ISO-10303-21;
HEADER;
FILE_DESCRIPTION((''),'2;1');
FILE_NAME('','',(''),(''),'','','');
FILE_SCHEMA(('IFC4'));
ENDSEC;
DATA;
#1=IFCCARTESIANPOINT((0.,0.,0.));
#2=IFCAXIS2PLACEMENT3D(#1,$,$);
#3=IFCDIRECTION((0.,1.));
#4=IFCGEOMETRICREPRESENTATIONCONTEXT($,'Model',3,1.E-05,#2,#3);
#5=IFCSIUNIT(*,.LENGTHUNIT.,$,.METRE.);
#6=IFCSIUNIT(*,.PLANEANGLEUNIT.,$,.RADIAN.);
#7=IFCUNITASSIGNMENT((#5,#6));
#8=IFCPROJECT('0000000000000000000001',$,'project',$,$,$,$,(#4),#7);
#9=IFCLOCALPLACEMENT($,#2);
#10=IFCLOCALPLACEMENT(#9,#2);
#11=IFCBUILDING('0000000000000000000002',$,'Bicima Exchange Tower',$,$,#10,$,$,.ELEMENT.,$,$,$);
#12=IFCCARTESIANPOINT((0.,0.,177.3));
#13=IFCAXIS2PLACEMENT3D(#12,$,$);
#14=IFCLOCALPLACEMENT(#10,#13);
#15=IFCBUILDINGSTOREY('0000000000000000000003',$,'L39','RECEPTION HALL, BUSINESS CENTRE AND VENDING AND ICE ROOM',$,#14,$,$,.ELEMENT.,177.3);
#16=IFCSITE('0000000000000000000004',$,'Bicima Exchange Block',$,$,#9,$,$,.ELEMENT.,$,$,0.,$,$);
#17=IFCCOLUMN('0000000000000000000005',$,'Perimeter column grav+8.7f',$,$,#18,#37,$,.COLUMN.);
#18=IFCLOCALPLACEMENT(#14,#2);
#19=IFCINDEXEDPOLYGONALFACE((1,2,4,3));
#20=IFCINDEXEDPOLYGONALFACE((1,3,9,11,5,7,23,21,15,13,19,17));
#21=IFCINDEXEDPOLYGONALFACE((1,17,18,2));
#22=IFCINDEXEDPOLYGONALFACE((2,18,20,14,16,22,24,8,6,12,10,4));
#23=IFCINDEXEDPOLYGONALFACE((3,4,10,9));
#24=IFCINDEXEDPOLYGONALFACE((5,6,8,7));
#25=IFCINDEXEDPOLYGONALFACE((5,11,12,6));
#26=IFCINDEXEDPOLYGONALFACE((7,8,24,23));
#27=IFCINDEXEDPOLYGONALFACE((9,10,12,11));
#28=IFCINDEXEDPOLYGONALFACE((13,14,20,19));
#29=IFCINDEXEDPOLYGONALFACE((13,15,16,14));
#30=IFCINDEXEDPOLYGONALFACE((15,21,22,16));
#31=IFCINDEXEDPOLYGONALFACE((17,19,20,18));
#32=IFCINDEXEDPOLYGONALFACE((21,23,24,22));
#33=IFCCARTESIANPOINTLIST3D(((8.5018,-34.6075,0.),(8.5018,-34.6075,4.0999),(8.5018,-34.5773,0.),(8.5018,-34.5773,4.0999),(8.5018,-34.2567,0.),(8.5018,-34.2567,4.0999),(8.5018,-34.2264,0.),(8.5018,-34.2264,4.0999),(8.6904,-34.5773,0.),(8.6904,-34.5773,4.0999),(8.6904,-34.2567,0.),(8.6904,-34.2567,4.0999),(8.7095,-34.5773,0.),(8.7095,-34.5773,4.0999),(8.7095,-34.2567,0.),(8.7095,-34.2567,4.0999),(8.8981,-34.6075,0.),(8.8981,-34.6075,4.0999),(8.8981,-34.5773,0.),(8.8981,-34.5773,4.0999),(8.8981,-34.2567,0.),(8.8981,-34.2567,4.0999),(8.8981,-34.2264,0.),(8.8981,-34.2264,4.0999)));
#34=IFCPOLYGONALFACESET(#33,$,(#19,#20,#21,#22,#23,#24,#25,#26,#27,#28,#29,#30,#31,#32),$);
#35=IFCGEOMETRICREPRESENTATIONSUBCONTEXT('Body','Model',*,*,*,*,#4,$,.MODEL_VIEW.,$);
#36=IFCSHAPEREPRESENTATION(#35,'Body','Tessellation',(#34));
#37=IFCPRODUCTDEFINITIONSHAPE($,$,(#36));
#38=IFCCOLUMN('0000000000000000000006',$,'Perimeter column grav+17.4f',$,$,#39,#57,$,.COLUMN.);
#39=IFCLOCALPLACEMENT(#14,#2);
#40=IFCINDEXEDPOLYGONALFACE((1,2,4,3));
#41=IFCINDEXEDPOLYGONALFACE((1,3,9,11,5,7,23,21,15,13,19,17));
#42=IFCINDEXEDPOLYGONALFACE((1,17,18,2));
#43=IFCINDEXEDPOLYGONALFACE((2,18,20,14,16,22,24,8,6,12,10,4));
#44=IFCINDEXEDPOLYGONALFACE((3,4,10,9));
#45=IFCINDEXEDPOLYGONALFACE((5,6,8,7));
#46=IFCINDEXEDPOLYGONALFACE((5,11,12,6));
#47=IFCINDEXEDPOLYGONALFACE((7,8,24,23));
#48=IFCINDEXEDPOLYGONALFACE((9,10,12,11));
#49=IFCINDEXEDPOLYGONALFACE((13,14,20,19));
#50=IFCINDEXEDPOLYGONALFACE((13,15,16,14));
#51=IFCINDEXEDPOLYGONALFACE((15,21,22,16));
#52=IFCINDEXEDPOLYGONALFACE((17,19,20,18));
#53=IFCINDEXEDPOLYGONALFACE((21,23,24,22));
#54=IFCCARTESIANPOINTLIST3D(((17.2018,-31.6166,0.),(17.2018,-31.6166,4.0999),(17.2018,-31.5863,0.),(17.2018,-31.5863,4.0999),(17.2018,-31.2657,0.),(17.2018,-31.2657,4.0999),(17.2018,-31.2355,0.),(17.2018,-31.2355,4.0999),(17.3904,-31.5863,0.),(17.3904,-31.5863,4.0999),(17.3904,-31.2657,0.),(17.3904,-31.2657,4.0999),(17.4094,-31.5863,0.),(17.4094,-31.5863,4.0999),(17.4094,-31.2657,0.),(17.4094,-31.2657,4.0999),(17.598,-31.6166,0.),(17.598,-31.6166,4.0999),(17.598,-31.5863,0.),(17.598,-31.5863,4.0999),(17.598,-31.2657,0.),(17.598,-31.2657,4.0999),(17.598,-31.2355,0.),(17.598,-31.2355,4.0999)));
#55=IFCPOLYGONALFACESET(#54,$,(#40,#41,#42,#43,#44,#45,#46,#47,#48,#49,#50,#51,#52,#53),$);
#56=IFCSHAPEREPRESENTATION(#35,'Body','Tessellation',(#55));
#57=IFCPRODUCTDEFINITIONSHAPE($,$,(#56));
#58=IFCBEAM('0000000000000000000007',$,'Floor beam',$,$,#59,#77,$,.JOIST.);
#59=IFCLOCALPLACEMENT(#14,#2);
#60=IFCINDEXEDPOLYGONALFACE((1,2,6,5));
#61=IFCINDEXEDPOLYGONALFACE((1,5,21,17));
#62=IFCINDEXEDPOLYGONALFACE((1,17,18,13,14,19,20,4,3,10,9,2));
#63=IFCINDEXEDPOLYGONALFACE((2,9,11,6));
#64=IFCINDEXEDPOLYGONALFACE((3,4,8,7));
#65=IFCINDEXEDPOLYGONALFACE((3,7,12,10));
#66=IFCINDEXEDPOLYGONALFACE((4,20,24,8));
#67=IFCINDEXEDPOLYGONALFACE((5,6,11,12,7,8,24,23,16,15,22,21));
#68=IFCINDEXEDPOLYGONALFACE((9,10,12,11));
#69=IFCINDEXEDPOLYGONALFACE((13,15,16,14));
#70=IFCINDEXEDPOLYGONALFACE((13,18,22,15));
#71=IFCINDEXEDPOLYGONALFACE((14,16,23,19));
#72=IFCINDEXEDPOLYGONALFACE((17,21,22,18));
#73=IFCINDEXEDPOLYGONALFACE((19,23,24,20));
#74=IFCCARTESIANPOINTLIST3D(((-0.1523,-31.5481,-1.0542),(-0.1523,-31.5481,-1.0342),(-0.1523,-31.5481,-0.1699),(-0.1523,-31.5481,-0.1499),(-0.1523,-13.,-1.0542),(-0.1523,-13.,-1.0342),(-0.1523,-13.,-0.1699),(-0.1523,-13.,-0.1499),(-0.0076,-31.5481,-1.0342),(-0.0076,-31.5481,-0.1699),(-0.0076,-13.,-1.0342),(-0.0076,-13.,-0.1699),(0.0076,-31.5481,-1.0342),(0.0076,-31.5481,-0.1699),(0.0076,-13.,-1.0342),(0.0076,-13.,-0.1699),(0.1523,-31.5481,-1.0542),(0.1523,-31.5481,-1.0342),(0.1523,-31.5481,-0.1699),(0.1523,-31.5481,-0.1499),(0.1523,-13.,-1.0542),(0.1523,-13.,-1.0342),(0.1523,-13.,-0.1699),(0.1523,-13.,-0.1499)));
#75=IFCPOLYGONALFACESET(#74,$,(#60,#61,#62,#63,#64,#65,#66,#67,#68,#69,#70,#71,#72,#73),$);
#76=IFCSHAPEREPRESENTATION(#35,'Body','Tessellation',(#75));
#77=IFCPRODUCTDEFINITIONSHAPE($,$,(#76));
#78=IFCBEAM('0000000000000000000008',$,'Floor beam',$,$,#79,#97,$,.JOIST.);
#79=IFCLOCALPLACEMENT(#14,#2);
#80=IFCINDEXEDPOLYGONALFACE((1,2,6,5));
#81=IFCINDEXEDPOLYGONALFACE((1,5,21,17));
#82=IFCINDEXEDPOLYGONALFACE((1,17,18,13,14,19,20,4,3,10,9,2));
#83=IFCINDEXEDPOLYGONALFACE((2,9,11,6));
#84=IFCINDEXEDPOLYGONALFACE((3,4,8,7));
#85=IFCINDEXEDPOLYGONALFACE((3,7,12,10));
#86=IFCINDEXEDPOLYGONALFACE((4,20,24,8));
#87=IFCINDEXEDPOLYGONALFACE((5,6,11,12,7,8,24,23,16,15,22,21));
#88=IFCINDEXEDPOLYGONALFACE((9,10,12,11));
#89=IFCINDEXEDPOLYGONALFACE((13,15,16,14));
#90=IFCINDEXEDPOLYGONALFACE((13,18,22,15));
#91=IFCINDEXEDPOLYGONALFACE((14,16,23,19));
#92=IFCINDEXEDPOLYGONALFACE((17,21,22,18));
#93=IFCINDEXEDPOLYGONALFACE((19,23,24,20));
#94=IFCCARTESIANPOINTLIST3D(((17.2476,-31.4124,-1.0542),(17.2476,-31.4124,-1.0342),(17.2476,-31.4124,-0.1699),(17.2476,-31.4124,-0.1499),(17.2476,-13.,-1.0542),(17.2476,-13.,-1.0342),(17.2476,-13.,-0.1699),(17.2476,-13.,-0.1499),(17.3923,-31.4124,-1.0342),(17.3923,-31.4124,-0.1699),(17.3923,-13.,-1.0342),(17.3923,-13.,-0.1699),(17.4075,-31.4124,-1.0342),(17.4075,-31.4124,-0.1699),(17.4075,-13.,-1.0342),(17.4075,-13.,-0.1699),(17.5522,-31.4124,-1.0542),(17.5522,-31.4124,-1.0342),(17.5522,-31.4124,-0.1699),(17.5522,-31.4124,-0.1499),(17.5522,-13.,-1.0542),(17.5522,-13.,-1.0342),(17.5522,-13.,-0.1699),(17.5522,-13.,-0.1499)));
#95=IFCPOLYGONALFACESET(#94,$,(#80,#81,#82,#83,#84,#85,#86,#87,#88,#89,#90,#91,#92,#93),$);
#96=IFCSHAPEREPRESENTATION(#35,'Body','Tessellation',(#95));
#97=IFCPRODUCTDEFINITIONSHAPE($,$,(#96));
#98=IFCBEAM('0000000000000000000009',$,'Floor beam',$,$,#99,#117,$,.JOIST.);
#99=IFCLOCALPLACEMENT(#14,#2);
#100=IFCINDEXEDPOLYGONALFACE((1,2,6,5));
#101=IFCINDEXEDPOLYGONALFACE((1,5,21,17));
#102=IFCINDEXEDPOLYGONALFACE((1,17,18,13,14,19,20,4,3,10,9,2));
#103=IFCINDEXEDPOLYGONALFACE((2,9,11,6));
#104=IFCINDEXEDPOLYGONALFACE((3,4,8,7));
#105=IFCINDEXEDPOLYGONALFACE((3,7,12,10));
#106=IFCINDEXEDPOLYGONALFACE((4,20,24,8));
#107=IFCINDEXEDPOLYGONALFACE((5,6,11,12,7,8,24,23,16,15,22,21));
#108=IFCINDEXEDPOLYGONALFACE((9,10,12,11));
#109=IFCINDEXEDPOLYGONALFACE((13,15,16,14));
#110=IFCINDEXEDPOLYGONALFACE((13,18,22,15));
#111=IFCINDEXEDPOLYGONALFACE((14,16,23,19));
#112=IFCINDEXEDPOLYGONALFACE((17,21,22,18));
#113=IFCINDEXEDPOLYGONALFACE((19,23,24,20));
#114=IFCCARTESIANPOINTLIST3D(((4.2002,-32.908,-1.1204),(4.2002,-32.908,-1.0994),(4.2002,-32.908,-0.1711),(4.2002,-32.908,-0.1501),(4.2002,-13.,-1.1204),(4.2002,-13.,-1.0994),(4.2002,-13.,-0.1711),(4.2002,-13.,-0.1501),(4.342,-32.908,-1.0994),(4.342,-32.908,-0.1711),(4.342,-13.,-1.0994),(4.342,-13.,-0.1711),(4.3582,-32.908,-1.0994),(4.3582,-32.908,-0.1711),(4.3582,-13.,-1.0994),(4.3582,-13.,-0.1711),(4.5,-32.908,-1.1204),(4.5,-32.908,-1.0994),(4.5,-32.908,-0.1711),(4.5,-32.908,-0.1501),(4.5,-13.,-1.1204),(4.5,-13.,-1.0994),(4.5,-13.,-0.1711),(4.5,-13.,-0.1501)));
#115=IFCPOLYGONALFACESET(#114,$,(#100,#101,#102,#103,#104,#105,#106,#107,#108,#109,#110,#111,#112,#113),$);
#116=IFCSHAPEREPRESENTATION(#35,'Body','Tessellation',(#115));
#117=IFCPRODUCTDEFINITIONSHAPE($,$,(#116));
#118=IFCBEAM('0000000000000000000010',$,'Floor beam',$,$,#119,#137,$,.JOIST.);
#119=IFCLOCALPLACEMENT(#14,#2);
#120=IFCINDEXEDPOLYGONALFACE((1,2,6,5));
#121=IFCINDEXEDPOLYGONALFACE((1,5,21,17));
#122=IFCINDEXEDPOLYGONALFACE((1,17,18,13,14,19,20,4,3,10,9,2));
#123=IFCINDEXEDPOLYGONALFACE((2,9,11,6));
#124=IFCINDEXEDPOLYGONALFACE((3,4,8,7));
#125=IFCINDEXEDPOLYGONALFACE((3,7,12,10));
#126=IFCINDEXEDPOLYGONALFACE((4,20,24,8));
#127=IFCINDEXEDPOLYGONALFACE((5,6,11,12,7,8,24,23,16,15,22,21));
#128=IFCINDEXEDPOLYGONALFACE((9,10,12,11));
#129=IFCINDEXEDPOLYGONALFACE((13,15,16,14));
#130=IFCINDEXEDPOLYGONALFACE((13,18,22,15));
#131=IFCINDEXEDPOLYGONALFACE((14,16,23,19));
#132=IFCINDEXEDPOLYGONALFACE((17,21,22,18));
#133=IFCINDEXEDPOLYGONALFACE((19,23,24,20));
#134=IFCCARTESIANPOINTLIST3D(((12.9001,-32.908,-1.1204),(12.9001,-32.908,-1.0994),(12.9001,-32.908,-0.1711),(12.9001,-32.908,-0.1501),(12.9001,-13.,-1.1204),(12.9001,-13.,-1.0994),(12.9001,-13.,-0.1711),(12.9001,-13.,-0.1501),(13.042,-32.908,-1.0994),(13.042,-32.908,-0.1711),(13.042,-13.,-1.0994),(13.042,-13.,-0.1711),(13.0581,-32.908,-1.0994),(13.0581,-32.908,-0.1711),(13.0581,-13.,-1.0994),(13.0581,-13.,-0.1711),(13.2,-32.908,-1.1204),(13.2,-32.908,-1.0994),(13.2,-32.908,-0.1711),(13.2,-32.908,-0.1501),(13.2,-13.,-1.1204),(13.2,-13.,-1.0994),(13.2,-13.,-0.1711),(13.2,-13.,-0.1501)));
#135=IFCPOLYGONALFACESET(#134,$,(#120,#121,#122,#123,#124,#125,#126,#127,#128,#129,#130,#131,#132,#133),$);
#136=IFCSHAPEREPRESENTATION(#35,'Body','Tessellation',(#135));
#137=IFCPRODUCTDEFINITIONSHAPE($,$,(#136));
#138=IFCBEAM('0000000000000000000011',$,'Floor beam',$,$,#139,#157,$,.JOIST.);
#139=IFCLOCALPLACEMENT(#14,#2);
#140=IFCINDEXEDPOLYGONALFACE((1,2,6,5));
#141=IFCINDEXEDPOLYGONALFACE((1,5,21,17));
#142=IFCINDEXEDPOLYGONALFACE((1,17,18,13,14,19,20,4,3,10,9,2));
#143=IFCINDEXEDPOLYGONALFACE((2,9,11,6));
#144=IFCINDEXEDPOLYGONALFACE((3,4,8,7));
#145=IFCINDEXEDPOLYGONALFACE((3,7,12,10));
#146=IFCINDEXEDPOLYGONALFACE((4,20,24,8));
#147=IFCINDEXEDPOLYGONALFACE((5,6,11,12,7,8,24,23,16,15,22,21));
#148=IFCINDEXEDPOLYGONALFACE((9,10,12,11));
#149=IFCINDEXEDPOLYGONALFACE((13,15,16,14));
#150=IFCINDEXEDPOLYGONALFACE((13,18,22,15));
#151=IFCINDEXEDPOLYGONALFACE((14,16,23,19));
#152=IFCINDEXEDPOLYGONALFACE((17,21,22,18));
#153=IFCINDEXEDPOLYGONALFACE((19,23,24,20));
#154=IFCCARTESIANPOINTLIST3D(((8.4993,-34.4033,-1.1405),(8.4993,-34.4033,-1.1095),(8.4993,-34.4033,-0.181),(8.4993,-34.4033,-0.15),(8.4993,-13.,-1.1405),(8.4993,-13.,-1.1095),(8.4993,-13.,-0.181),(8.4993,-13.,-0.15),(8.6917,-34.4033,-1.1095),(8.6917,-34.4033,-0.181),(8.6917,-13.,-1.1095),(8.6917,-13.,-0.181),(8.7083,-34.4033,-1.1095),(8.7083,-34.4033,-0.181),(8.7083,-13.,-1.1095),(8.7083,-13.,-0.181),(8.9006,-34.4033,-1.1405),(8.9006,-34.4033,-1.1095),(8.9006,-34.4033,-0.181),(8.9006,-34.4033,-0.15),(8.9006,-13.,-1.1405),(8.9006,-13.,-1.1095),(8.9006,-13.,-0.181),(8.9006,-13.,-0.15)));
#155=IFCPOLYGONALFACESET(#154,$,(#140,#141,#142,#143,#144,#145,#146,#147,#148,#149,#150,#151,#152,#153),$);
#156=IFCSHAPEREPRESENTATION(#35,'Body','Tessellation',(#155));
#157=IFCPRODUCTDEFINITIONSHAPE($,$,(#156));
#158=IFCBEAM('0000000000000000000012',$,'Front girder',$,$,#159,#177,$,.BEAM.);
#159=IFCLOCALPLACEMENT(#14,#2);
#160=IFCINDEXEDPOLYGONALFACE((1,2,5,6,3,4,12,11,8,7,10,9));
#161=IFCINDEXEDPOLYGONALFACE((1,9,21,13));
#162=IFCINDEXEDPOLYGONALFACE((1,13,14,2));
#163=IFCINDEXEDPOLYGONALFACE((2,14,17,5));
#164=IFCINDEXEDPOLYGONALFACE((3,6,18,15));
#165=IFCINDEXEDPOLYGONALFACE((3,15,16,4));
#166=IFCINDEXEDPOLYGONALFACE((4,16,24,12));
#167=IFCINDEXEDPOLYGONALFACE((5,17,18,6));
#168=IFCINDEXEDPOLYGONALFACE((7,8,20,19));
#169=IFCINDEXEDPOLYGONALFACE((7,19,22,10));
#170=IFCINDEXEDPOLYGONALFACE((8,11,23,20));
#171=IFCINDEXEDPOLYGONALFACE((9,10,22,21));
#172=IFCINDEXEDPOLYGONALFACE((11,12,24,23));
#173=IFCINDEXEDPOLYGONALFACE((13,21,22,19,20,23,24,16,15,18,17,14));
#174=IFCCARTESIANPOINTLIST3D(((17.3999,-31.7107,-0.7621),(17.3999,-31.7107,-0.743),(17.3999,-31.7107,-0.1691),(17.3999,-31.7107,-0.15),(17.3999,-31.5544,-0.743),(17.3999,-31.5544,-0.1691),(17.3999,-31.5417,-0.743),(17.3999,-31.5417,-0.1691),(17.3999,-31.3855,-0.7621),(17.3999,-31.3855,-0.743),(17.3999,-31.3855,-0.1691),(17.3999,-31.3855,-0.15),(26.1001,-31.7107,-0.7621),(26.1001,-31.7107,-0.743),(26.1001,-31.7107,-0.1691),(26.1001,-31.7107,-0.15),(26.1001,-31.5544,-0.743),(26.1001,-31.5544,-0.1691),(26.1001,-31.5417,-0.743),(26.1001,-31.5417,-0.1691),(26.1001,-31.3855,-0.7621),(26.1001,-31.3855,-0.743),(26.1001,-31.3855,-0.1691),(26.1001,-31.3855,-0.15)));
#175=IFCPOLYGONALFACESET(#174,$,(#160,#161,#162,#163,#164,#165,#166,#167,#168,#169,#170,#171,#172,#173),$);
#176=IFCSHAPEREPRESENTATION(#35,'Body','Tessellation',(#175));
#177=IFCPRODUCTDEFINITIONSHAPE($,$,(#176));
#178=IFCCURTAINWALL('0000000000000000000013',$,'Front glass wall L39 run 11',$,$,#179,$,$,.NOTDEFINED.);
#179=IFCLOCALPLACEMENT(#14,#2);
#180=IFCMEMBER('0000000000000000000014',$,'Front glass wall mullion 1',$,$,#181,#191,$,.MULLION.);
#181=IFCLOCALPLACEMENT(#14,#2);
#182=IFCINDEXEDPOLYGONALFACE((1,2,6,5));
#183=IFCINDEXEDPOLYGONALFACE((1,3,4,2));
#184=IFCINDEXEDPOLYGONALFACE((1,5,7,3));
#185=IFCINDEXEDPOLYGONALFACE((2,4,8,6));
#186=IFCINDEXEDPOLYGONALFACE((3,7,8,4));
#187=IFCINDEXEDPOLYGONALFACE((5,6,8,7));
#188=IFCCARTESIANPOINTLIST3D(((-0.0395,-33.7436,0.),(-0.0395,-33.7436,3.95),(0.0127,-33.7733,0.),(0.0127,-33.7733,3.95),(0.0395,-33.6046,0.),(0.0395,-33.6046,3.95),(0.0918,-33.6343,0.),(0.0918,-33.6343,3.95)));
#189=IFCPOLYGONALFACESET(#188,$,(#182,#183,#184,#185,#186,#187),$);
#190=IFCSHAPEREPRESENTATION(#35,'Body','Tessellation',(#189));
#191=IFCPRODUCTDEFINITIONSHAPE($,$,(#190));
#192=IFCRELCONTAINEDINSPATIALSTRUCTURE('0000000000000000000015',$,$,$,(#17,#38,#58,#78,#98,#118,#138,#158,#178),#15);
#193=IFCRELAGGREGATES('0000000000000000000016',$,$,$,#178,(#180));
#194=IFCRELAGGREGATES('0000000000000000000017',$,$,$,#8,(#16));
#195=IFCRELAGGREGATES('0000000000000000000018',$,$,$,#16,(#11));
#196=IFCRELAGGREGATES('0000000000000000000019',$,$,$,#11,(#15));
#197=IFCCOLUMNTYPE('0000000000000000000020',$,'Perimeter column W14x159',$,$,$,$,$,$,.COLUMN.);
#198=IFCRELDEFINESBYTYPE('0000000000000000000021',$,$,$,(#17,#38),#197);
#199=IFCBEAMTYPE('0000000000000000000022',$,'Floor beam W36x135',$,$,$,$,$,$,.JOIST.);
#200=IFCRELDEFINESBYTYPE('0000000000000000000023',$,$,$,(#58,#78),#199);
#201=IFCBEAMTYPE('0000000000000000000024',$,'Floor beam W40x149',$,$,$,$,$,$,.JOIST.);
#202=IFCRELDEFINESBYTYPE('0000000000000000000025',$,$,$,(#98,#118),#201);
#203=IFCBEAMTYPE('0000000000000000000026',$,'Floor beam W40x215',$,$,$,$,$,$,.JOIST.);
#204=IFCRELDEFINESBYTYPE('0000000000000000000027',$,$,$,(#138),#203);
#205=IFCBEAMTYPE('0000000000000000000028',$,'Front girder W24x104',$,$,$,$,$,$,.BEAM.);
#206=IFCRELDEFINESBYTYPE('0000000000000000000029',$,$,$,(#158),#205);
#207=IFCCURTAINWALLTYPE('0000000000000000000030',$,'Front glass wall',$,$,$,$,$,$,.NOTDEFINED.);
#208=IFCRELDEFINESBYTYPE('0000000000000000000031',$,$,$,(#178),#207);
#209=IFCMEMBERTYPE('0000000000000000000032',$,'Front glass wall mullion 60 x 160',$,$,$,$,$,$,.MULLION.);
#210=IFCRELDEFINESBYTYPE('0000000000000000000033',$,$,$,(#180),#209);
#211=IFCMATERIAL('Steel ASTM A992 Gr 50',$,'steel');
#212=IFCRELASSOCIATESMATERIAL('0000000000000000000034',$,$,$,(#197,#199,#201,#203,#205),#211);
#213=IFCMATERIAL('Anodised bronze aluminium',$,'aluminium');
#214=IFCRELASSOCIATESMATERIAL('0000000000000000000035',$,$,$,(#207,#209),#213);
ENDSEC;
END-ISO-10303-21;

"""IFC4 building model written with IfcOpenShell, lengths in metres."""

from ifc_helpers import new_model, si_unit, direction, frame, origin, origin_2d, place, context, subcontext, project, spatial, rectangle, i_section, extrude, material, material_profile, profile_set, type_object, element, aggregate, save


model = new_model("IFC4")

# Units and contexts
model_context = context("Model", 3, precision=1e-05, world=origin(), true_north=direction((0.0, 1.0)))
body_context = subcontext(model_context, "Body", "Model", "MODEL_VIEW")
ifc_project = project(units=[si_unit("LENGTHUNIT", "METRE"), si_unit("PLANEANGLEUNIT", "RADIAN")], contexts=[model_context])

# Site, building, storey
site_placement = place(None, origin())
site = spatial("IfcSite", under=ifc_project, at=site_placement, Name="Bicima Exchange Block", CompositionType="ELEMENT", RefElevation=0.0)
building_placement = place(site_placement, origin())
building = spatial("IfcBuilding", under=site, at=building_placement, Name="Bicima Exchange Tower", CompositionType="ELEMENT")
storey_placement = place(building_placement, frame((0.0, 0.0, 177.3)))
storey = spatial("IfcBuildingStorey", under=building, at=storey_placement, Name="L39", Description="RECEPTION HALL, BUSINESS CENTRE AND VENDING AND ICE ROOM", CompositionType="ELEMENT", Elevation=177.3)

# Columns
ifc_material_1 = material(Name="Steel ASTM A992 Gr 50", Category="steel")
ifc_material_profile_1 = material_profile(ifc_material_1, i_section(OverallWidth=0.3962, OverallDepth=0.3811, WebThickness=0.019, FlangeThickness=0.0303, at=origin_2d()))
ifc_profile_set_1 = profile_set([ifc_material_profile_1], Name="Steel ASTM A992 Gr 50")
column_type = type_object("IfcColumnType", Name="Perimeter column W14x159", PredefinedType="COLUMN", material=ifc_profile_set_1)
for number, where, z_axis, x_axis, name in (
    (1, (8.7, -34.417, 0.0), (0.0, 0.0, 1.0), (1.0, 0.0, 0.0), "Perimeter column grav+8.7f"),
    (2, (17.3999, -31.426, 0.0), (0.0, 0.0, 1.0), (1.0, 0.0, 0.0), "Perimeter column grav+17.4f"),
):
    element("IfcColumn", number, at=place(storey_placement, frame(where, z_axis=z_axis, x_axis=x_axis)), inside=storey, type_object=column_type, Name=name, PredefinedType="COLUMN", context=body_context, shape_type="SweptSolid", body=[
        extrude(i_section(OverallWidth=0.3962, OverallDepth=0.3811, WebThickness=0.019, FlangeThickness=0.0303, at=origin_2d()), origin(), (0.0, 0.0, 1.0), 4.0999),
    ])

# Beams
ifc_material_profile_2 = material_profile(ifc_material_1, i_section(OverallWidth=0.3047, OverallDepth=0.9043, WebThickness=0.0151, FlangeThickness=0.02, at=origin_2d()))
ifc_profile_set_2 = profile_set([ifc_material_profile_2], Name="Steel ASTM A992 Gr 50")
beam_type_1 = type_object("IfcBeamType", Name="Floor beam W36x135", PredefinedType="JOIST", material=ifc_profile_set_2)
beam_1_placement = place(storey_placement, frame((0.0, -13.0, -0.6021), z_axis=(0.0, -1.0, 0.0), x_axis=(1.0, 0.0, 0.0)))
element("IfcBeam", 3, at=beam_1_placement, inside=storey, type_object=beam_type_1, Name="Floor beam", PredefinedType="JOIST", context=body_context, shape_type="SweptSolid", body=[
    extrude(i_section(OverallWidth=0.3047, OverallDepth=0.9043, WebThickness=0.0151, FlangeThickness=0.02, at=origin_2d()), origin(), (0.0, 0.0, 1.0), 18.5481),
])
beam_2_placement = place(storey_placement, frame((17.3999, -13.0, -0.6021), z_axis=(0.0, -1.0, 0.0), x_axis=(1.0, 0.0, 0.0)))
element("IfcBeam", 4, at=beam_2_placement, inside=storey, type_object=beam_type_1, Name="Floor beam", PredefinedType="JOIST", context=body_context, shape_type="SweptSolid", body=[
    extrude(i_section(OverallWidth=0.3047, OverallDepth=0.9043, WebThickness=0.0151, FlangeThickness=0.02, at=origin_2d()), origin(), (0.0, 0.0, 1.0), 18.4124),
])
ifc_material_profile_3 = material_profile(ifc_material_1, i_section(OverallWidth=0.2998, OverallDepth=0.9702, WebThickness=0.0161, FlangeThickness=0.021, at=origin_2d()))
ifc_profile_set_3 = profile_set([ifc_material_profile_3], Name="Steel ASTM A992 Gr 50")
beam_type_2 = type_object("IfcBeamType", Name="Floor beam W40x149", PredefinedType="JOIST", material=ifc_profile_set_3)
for number, where, z_axis, x_axis, name in (
    (5, (4.3501, -13.0, -0.6353), (0.0, -1.0, 0.0), (1.0, 0.0, 0.0), "Floor beam"),
    (6, (13.05, -13.0, -0.6353), (0.0, -1.0, 0.0), (1.0, 0.0, 0.0), "Floor beam"),
):
    element("IfcBeam", number, at=place(storey_placement, frame(where, z_axis=z_axis, x_axis=x_axis)), inside=storey, type_object=beam_type_2, Name=name, PredefinedType="JOIST", context=body_context, shape_type="SweptSolid", body=[
        extrude(i_section(OverallWidth=0.2998, OverallDepth=0.9702, WebThickness=0.0161, FlangeThickness=0.021, at=origin_2d()), origin(), (0.0, 0.0, 1.0), 19.908),
    ])
ifc_material_profile_4 = material_profile(ifc_material_1, i_section(OverallWidth=0.4014, OverallDepth=0.9905, WebThickness=0.0166, FlangeThickness=0.031, at=origin_2d()))
ifc_profile_set_4 = profile_set([ifc_material_profile_4], Name="Steel ASTM A992 Gr 50")
beam_type_3 = type_object("IfcBeamType", Name="Floor beam W40x215", PredefinedType="JOIST", material=ifc_profile_set_4)
beam_3_placement = place(storey_placement, frame((8.7, -13.0, -0.6453), z_axis=(0.0, -1.0, 0.0), x_axis=(1.0, 0.0, 0.0)))
element("IfcBeam", 7, at=beam_3_placement, inside=storey, type_object=beam_type_3, Name="Floor beam", PredefinedType="JOIST", context=body_context, shape_type="SweptSolid", body=[
    extrude(i_section(OverallWidth=0.4014, OverallDepth=0.9905, WebThickness=0.0166, FlangeThickness=0.031, at=origin_2d()), origin(), (0.0, 0.0, 1.0), 21.4033),
])
ifc_material_profile_5 = material_profile(ifc_material_1, i_section(OverallWidth=0.3252, OverallDepth=0.6121, WebThickness=0.0127, FlangeThickness=0.019, at=origin_2d()))
ifc_profile_set_5 = profile_set([ifc_material_profile_5], Name="Steel ASTM A992 Gr 50")
beam_type_4 = type_object("IfcBeamType", Name="Front girder W24x104", PredefinedType="BEAM", material=ifc_profile_set_5)
beam_4_placement = place(storey_placement, frame((17.3999, -31.5481, -0.4561), z_axis=(1.0, 0.0, 0.0), x_axis=(0.0, 1.0, 0.0)))
element("IfcBeam", 8, at=beam_4_placement, inside=storey, type_object=beam_type_4, Name="Front girder", PredefinedType="BEAM", context=body_context, shape_type="SweptSolid", body=[
    extrude(i_section(OverallWidth=0.3252, OverallDepth=0.6121, WebThickness=0.0127, FlangeThickness=0.019, at=origin_2d()), origin(), (0.0, 0.0, 1.0), 8.7002),
])

# Curtain wall, member
ifc_material_2 = material(Name="Anodised bronze aluminium", Category="aluminium")
curtain_wall_type = type_object("IfcCurtainWallType", Name="Front glass wall", PredefinedType="NOTDEFINED", material=ifc_material_2)
curtain_wall_1_placement = place(storey_placement, origin())
curtain_wall_1 = element("IfcCurtainWall", 9, at=curtain_wall_1_placement, inside=storey, type_object=curtain_wall_type, Name="Front glass wall L39 run 11", PredefinedType="NOTDEFINED")
ifc_material_profile_6 = material_profile(ifc_material_2, rectangle(XDim=0.1599, YDim=0.0601, at=origin_2d()))
ifc_profile_set_6 = profile_set([ifc_material_profile_6], Name="Anodised bronze aluminium")
member_type_1 = type_object("IfcMemberType", Name="Front glass wall mullion 60 x 160", PredefinedType="MULLION", material=ifc_profile_set_6)
member_1_placement = place(storey_placement, frame((0.0261, -33.689, 0.0), z_axis=(0.0, 0.0, 1.0), x_axis=(0.49433, 0.869274, 0.0)))
member_1 = element("IfcMember", 10, at=member_1_placement, type_object=member_type_1, Name="Front glass wall mullion 1", PredefinedType="MULLION", context=body_context, shape_type="SweptSolid", body=[
    extrude(rectangle(XDim=0.1599, YDim=0.0601, at=origin_2d()), origin(), (0.0, 0.0, 1.0), 3.95),
])

aggregate(curtain_wall_1, [member_1])

save(model, "model.ifc")
